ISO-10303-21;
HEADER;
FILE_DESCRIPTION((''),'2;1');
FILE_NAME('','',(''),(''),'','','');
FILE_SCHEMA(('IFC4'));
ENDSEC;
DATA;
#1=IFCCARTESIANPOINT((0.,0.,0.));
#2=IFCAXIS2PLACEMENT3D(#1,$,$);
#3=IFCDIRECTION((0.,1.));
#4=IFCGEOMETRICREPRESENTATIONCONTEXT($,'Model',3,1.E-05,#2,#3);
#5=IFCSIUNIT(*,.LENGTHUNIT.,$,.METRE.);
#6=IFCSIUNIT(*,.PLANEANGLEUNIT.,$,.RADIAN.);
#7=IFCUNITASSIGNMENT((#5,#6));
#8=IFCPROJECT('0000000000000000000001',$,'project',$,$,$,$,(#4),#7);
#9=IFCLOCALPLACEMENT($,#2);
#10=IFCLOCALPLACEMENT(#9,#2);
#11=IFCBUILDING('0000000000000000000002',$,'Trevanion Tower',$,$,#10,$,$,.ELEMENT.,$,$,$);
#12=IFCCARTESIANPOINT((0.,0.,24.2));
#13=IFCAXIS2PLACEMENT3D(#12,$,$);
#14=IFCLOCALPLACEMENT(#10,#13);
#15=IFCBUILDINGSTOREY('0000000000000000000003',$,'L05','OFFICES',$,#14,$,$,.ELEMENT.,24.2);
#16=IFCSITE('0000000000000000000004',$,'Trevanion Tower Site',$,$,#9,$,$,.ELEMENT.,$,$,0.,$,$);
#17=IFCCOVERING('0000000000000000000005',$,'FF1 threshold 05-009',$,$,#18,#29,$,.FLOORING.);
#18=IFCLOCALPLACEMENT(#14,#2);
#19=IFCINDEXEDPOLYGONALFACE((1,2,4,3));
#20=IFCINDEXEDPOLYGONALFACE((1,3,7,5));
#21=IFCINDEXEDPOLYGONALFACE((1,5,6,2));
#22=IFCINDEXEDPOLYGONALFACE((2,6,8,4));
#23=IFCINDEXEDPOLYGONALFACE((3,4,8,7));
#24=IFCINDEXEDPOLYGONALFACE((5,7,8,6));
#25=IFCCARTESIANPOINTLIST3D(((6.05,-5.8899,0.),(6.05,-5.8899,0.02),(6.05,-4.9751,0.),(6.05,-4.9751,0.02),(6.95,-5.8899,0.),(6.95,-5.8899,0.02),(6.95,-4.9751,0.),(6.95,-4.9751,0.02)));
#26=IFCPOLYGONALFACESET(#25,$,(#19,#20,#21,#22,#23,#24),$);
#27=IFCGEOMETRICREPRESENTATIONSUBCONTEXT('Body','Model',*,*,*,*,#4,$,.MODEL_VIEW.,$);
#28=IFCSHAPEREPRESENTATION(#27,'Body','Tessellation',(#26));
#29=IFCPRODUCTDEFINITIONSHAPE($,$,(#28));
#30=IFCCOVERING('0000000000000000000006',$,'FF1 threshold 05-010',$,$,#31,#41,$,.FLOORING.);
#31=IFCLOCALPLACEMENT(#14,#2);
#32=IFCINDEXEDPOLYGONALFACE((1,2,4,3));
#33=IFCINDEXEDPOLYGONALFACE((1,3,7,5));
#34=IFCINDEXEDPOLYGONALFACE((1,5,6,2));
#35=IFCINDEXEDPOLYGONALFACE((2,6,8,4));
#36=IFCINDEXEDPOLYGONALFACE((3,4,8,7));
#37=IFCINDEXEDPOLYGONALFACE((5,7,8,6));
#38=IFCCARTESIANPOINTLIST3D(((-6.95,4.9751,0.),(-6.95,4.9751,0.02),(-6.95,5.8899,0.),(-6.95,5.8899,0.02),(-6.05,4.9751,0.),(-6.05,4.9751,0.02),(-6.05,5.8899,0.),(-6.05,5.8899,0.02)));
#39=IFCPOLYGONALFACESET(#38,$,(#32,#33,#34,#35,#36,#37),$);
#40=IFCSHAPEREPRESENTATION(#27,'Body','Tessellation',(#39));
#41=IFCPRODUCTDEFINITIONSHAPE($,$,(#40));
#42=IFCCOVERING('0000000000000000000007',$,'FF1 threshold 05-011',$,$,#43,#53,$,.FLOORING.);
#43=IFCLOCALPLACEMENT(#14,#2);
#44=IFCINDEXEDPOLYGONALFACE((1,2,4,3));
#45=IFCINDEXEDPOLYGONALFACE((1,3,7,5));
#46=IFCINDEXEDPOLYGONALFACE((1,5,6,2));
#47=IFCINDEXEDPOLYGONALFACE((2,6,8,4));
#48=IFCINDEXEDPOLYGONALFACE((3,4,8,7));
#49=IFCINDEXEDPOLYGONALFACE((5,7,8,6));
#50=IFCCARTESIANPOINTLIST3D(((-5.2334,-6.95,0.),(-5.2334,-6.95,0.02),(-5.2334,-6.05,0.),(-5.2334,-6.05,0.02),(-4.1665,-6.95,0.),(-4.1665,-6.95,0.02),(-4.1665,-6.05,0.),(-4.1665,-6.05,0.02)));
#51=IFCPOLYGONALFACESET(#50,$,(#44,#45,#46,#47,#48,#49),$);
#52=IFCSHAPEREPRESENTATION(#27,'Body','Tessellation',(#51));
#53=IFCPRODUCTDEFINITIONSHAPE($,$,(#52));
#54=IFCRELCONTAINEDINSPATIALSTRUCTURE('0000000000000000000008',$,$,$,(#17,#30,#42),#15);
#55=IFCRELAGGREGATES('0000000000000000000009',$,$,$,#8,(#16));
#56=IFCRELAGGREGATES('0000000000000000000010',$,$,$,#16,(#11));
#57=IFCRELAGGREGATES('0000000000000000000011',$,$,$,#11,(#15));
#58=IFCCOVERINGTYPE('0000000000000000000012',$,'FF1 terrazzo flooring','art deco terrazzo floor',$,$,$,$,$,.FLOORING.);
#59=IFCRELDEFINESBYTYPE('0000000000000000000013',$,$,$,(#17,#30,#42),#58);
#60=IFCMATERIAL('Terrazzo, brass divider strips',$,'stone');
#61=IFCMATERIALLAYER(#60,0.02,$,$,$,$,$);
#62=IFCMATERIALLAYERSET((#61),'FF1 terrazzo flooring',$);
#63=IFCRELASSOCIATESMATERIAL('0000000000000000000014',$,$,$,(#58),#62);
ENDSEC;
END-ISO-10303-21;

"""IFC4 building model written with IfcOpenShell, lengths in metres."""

from ifc_helpers import new_model, si_unit, direction, frame, origin, place, context, subcontext, project, spatial, polyline, outline, extrude, material, layer, layer_set, type_object, element, save


model = new_model("IFC4")

# Units and contexts
model_context = context("Model", 3, precision=1e-05, world=origin(), true_north=direction((0.0, 1.0)))
body_context = subcontext(model_context, "Body", "Model", "MODEL_VIEW")
ifc_project = project(units=[si_unit("LENGTHUNIT", "METRE"), si_unit("PLANEANGLEUNIT", "RADIAN")], contexts=[model_context])

# Site, building, storey
site_placement = place(None, origin())
site = spatial("IfcSite", under=ifc_project, at=site_placement, Name="Trevanion Tower Site", CompositionType="ELEMENT", RefElevation=0.0)
building_placement = place(site_placement, origin())
building = spatial("IfcBuilding", under=site, at=building_placement, Name="Trevanion Tower", CompositionType="ELEMENT")
storey_placement = place(building_placement, frame((0.0, 0.0, 24.2)))
storey = spatial("IfcBuildingStorey", under=building, at=storey_placement, Name="L05", Description="OFFICES", CompositionType="ELEMENT", Elevation=24.2)

# Coverings
ifc_material_1 = material(Name="Terrazzo, brass divider strips", Category="stone")
ifc_layer_1 = layer(ifc_material_1, 0.02)
ifc_layer_set_1 = layer_set([ifc_layer_1], Name="FF1 terrazzo flooring")
covering_type = type_object("IfcCoveringType", Name="FF1 terrazzo flooring", Description="art deco terrazzo floor", PredefinedType="FLOORING", material=ifc_layer_set_1)
covering_1_placement = place(storey_placement, origin())
element("IfcCovering", 1, at=covering_1_placement, inside=storey, type_object=covering_type, Name="FF1 threshold 05-009", PredefinedType="FLOORING", context=body_context, shape_type="SweptSolid", body=[
    extrude(outline(polyline([(6.95, -5.8899), (6.95, -4.9751), (6.05, -4.9751), (6.05, -5.8899), (6.95, -5.8899)])), origin(), (0.0, 0.0, 1.0), 0.02),
])
covering_2_placement = place(storey_placement, origin())
element("IfcCovering", 2, at=covering_2_placement, inside=storey, type_object=covering_type, Name="FF1 threshold 05-010", PredefinedType="FLOORING", context=body_context, shape_type="SweptSolid", body=[
    extrude(outline(polyline([(-6.95, 5.8899), (-6.95, 4.9751), (-6.05, 4.9751), (-6.05, 5.8899), (-6.95, 5.8899)])), origin(), (0.0, 0.0, 1.0), 0.02),
])
covering_3_placement = place(storey_placement, origin())
element("IfcCovering", 3, at=covering_3_placement, inside=storey, type_object=covering_type, Name="FF1 threshold 05-011", PredefinedType="FLOORING", context=body_context, shape_type="SweptSolid", body=[
    extrude(outline(polyline([(-5.2334, -6.95), (-4.1665, -6.95), (-4.1665, -6.05), (-5.2334, -6.05), (-5.2334, -6.95)])), origin(), (0.0, 0.0, 1.0), 0.02),
])

save(model, "model.ifc")
